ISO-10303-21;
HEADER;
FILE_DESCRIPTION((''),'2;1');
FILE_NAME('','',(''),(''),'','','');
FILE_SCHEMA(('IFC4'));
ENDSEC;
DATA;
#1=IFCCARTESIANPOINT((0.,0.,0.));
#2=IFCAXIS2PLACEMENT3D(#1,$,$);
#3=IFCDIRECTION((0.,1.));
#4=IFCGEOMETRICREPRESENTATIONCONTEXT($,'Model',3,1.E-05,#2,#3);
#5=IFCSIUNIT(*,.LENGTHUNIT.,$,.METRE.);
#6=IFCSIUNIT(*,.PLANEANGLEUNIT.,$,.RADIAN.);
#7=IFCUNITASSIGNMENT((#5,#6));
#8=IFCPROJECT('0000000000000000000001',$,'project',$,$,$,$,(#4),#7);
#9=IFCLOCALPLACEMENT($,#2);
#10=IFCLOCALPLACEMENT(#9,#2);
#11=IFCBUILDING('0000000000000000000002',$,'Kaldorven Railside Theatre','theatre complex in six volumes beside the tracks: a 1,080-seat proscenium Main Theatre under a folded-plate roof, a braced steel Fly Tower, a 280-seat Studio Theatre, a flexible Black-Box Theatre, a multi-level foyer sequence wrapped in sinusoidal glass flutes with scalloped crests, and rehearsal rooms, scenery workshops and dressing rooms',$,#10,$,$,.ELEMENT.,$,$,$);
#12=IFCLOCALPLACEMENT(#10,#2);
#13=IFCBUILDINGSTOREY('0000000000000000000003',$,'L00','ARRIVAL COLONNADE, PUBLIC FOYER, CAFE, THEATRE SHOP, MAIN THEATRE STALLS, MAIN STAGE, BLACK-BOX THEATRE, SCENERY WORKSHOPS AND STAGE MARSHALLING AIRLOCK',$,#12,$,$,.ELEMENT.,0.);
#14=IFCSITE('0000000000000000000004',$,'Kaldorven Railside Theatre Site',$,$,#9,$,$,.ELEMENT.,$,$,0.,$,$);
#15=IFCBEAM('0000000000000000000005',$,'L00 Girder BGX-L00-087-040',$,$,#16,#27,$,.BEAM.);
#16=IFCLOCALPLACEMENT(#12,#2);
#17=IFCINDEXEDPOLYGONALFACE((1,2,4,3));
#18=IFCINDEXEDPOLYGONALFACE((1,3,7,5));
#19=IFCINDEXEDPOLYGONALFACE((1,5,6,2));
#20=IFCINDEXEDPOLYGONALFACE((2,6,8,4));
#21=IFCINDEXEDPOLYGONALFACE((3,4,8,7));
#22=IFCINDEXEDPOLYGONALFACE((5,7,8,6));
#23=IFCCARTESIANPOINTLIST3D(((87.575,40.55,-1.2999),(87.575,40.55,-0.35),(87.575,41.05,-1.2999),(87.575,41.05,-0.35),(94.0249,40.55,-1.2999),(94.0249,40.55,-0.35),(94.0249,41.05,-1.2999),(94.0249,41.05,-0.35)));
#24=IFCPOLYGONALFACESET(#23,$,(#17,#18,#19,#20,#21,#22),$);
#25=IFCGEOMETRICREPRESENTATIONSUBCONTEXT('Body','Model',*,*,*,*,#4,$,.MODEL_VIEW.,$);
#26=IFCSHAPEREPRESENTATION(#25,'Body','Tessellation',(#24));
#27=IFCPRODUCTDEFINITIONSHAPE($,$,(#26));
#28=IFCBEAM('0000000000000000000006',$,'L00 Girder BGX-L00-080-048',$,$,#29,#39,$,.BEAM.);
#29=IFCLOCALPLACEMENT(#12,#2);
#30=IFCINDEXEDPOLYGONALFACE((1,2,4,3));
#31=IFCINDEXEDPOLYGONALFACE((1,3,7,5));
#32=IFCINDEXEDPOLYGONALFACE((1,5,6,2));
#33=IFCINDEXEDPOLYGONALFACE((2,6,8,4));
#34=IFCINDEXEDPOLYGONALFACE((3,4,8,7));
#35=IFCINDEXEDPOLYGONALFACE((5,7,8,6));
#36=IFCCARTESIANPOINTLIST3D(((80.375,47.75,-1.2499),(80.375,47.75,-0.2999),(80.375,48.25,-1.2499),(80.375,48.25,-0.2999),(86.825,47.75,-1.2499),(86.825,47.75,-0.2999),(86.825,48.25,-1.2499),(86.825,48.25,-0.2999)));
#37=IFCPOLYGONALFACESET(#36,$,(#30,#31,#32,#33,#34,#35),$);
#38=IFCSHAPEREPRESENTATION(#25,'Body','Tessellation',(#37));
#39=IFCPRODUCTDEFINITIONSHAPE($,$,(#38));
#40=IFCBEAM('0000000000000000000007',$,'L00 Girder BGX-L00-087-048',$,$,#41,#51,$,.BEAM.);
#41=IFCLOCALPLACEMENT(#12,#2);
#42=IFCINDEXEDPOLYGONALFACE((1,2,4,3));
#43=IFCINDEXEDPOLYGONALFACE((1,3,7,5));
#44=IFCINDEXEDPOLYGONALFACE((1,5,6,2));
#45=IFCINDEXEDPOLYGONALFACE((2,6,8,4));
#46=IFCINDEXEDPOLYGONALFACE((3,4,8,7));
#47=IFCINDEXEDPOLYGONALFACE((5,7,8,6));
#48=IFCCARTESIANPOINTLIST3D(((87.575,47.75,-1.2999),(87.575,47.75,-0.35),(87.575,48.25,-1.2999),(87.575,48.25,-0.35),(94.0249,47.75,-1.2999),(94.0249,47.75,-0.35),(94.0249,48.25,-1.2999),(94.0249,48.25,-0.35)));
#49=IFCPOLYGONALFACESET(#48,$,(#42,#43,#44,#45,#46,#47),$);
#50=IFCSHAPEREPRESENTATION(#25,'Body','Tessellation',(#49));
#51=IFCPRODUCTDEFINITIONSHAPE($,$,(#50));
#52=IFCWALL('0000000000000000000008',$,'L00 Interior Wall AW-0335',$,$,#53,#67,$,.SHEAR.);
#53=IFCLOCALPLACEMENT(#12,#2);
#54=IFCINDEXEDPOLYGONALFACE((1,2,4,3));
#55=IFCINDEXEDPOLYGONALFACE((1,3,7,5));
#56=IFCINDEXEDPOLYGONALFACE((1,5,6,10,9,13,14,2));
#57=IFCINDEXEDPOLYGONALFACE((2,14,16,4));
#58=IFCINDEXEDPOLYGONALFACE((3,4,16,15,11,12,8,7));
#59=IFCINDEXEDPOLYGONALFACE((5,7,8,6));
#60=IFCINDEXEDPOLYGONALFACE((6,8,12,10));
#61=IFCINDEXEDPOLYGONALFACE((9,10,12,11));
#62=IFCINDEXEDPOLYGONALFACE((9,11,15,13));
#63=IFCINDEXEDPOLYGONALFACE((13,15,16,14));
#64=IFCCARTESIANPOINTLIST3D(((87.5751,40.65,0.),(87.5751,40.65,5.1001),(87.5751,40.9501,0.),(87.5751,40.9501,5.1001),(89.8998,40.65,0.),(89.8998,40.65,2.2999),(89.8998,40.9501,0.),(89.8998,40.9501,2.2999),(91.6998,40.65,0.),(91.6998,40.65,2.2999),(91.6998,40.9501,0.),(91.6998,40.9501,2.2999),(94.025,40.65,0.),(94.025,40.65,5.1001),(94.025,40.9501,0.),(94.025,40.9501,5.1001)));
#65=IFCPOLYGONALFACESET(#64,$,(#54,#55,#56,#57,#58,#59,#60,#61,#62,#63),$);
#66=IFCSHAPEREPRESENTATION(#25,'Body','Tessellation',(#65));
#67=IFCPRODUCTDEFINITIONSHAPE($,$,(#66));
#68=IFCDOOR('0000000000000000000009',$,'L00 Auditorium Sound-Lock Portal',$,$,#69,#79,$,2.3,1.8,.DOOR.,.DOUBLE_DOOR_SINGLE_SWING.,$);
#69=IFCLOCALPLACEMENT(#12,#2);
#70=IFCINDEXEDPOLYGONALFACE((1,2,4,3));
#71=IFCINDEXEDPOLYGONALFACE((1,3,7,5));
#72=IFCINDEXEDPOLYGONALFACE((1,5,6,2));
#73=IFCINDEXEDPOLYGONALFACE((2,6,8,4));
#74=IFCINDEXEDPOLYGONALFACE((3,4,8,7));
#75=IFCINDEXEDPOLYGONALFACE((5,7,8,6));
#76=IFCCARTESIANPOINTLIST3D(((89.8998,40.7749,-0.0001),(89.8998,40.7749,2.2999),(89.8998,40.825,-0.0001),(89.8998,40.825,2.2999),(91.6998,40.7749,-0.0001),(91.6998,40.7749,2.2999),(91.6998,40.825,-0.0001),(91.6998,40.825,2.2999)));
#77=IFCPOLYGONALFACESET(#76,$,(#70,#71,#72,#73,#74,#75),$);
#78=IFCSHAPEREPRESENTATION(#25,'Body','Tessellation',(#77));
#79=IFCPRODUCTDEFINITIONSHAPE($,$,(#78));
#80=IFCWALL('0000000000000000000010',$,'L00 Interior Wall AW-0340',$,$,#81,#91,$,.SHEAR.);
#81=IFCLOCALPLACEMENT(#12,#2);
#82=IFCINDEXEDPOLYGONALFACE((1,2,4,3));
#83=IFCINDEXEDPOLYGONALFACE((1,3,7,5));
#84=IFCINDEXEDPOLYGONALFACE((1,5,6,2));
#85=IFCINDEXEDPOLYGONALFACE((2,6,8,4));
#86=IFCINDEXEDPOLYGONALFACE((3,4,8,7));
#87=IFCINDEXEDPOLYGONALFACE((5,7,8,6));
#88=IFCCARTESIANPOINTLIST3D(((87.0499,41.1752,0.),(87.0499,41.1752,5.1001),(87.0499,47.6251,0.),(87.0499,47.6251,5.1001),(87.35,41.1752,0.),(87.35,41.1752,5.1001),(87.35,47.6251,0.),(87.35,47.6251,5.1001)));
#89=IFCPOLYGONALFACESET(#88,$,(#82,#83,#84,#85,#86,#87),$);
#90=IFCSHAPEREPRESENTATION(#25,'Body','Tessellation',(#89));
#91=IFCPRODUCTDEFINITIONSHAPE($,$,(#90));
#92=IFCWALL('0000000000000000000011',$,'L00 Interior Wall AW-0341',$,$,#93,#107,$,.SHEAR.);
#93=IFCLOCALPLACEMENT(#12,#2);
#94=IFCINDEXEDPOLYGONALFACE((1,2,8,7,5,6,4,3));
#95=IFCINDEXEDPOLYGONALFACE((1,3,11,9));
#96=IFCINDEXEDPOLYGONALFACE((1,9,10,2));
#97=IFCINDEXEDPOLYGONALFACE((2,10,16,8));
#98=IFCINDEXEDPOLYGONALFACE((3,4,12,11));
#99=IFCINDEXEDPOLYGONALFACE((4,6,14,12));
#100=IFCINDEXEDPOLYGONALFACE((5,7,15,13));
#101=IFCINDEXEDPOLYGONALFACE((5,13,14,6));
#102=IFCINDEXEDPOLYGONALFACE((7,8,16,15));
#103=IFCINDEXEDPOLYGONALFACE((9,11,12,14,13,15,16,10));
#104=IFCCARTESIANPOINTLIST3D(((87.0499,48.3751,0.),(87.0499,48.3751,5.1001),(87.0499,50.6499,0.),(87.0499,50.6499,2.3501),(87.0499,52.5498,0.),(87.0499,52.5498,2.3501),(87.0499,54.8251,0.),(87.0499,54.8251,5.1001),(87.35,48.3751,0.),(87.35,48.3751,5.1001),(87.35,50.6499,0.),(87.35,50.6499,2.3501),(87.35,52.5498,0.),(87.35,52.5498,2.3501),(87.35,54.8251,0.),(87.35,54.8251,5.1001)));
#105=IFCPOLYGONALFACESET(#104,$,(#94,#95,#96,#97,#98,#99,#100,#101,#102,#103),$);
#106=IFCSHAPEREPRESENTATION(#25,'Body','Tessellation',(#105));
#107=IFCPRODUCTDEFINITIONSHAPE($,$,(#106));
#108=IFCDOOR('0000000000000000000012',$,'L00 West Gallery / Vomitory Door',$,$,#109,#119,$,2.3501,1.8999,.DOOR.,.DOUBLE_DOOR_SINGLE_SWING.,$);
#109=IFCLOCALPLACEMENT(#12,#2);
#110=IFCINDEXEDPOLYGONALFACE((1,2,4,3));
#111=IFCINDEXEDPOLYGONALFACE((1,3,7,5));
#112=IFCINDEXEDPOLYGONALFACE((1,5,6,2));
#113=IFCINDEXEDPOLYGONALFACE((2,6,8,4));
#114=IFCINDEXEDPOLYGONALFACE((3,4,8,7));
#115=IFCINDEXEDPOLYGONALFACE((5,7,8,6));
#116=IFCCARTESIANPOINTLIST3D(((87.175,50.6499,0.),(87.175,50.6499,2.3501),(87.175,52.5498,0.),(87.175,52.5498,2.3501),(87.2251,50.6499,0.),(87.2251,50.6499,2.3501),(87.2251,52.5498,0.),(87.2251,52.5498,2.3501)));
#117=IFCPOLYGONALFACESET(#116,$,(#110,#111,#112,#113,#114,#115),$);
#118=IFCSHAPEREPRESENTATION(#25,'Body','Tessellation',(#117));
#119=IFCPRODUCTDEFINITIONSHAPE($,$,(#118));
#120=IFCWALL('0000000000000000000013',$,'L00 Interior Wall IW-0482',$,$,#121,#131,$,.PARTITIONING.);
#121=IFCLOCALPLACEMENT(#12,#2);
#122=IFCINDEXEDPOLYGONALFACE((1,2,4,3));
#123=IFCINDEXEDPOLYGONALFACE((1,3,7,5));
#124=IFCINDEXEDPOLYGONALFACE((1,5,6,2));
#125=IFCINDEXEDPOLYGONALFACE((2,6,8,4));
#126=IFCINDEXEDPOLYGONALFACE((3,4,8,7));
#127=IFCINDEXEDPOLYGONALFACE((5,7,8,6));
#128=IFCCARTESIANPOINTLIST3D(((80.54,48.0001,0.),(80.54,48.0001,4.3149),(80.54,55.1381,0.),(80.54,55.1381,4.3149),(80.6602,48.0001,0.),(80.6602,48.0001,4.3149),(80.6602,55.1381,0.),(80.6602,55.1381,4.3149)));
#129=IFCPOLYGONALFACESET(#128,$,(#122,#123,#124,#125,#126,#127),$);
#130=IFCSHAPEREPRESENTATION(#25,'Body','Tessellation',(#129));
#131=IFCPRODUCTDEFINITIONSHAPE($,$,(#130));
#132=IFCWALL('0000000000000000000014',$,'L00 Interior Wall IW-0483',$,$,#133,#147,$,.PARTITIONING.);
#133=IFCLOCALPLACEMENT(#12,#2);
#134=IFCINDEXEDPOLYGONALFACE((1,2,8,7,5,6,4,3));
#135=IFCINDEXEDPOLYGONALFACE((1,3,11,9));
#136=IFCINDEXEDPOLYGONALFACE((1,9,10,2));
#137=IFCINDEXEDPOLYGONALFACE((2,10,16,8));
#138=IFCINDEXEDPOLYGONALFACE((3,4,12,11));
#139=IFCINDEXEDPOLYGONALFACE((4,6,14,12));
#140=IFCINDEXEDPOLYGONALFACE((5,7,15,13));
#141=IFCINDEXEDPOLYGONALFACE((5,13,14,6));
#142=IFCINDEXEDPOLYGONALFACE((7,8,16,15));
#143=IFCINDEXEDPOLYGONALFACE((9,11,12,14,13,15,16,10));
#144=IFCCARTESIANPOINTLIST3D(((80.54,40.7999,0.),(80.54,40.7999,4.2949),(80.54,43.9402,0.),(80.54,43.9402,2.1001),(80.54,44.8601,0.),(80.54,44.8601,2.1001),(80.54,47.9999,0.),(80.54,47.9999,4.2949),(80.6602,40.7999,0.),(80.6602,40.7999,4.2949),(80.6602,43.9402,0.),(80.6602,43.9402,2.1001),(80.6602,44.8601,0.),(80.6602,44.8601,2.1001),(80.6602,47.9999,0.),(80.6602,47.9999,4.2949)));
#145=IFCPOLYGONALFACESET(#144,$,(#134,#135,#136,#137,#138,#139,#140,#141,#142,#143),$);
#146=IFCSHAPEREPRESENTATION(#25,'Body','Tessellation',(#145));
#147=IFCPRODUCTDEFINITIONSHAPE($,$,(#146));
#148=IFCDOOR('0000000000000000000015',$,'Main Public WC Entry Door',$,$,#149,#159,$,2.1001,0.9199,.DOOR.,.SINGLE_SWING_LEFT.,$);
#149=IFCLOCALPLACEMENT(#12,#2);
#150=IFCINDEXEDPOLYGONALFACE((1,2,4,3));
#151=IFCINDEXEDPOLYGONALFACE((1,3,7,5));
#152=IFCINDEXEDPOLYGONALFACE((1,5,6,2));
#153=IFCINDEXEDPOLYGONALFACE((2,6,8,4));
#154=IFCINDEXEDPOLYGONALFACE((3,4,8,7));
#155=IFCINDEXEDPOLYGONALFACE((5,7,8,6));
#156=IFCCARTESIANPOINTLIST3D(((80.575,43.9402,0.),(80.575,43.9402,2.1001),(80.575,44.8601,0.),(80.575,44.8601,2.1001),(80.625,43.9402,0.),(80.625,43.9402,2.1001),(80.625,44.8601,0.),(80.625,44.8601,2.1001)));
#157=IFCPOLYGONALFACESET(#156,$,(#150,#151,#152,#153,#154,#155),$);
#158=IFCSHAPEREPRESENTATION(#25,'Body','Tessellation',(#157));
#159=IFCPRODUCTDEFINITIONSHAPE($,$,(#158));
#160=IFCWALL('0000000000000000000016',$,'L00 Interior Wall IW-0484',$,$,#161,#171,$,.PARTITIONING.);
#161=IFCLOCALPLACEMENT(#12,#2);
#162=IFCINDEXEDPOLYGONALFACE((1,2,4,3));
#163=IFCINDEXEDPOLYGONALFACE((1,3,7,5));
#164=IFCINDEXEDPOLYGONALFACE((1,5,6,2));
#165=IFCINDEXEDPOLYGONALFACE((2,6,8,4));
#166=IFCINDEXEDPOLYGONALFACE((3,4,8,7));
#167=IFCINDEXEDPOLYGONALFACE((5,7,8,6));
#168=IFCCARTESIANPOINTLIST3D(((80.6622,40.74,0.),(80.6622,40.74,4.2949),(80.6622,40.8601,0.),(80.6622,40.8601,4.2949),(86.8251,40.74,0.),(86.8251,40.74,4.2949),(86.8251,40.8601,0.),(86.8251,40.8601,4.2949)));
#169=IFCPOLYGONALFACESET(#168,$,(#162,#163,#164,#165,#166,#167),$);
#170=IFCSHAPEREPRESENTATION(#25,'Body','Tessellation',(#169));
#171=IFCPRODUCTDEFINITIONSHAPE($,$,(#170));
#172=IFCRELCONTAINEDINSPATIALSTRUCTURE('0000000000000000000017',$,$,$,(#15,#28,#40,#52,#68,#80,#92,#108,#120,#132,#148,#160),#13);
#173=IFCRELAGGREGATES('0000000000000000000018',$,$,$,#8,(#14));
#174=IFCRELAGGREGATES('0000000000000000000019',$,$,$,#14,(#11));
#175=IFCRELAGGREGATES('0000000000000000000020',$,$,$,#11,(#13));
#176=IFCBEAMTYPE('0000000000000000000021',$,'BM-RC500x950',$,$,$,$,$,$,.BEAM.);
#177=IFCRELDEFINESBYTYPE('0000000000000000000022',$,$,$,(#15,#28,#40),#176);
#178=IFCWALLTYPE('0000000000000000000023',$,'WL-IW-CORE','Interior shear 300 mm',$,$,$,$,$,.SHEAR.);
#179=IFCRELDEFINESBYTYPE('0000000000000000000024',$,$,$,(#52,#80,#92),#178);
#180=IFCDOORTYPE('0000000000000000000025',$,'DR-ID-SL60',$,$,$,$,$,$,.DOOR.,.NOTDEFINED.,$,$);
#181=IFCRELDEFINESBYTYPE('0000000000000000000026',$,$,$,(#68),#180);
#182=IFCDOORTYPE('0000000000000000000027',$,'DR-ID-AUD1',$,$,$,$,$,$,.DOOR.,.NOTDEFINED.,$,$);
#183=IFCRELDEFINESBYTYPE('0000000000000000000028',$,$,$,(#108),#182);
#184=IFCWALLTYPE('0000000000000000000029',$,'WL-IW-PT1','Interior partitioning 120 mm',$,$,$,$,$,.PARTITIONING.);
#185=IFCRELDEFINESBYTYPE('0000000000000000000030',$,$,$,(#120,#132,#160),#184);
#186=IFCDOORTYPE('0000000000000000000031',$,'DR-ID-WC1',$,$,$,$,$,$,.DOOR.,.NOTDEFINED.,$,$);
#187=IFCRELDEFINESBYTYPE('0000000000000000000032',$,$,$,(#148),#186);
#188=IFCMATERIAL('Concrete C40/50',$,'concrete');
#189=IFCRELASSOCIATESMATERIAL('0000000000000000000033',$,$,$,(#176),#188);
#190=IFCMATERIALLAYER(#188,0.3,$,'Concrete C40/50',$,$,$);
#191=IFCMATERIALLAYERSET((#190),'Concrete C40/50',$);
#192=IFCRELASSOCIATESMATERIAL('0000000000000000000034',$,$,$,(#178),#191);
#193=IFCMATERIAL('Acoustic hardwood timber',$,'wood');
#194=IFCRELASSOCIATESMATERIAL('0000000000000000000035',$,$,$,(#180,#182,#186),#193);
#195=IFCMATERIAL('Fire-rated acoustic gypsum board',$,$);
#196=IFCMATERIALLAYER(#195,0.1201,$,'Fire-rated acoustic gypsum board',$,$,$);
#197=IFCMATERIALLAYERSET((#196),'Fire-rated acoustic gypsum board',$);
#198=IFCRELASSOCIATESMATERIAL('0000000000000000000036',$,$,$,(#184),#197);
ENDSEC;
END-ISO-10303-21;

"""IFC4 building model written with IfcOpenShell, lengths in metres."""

from ifc_helpers import new_model, si_unit, direction, frame, frame_2d, origin, origin_2d, place, context, subcontext, project, spatial, rectangle, extrude, material, layer, layer_set, material_profile, profile_set, type_object, element, fill, save


model = new_model("IFC4")

# Units and contexts
model_context = context("Model", 3, precision=1e-05, world=origin(), true_north=direction((0.0, 1.0)))
body_context = subcontext(model_context, "Body", "Model", "MODEL_VIEW")
ifc_project = project(units=[si_unit("LENGTHUNIT", "METRE"), si_unit("PLANEANGLEUNIT", "RADIAN")], contexts=[model_context])

# Site, building, storey
site_placement = place(None, origin())
site = spatial("IfcSite", under=ifc_project, at=site_placement, Name="Kaldorven Railside Theatre Site", CompositionType="ELEMENT", RefElevation=0.0)
building_placement = place(site_placement, origin())
building = spatial("IfcBuilding", under=site, at=building_placement, Name="Kaldorven Railside Theatre", Description="theatre complex in six volumes beside the tracks: a 1,080-seat proscenium Main Theatre under a folded-plate roof, a braced steel Fly Tower, a 280-seat Studio Theatre, a flexible Black-Box Theatre, a multi-level foyer sequence wrapped in sinusoidal glass flutes with scalloped crests, and rehearsal rooms, scenery workshops and dressing rooms", CompositionType="ELEMENT")
storey_placement = place(building_placement, origin())
storey = spatial("IfcBuildingStorey", under=building, at=storey_placement, Name="L00", Description="ARRIVAL COLONNADE, PUBLIC FOYER, CAFE, THEATRE SHOP, MAIN THEATRE STALLS, MAIN STAGE, BLACK-BOX THEATRE, SCENERY WORKSHOPS AND STAGE MARSHALLING AIRLOCK", CompositionType="ELEMENT", Elevation=0.0)

# Shared definitions
ifc_material_1 = material(Name="Concrete C40/50", Category="concrete")

# Beams
ifc_material_profile_1 = material_profile(ifc_material_1, rectangle(XDim=0.5, YDim=0.95, at=origin_2d()), Name="RC 500x950")
ifc_profile_set_1 = profile_set([ifc_material_profile_1], Name="Concrete C40/50")
beam_type_1 = type_object("IfcBeamType", Name="BM-RC500x950", PredefinedType="BEAM", material=ifc_profile_set_1)
for number, where, z_axis, x_axis, name in (
    (1, (87.575, 40.8, -0.825), (1.0, 0.0, 0.0), (0.0, 1.0, 0.0), "L00 Girder BGX-L00-087-040"),
    (2, (80.375, 48.0, -0.7749), (1.0, 0.0, 0.0), (0.0, 1.0, 0.0), "L00 Girder BGX-L00-080-048"),
    (3, (87.575, 48.0, -0.825), (1.0, 0.0, 0.0), (0.0, 1.0, 0.0), "L00 Girder BGX-L00-087-048"),
):
    element("IfcBeam", number, at=place(storey_placement, frame(where, z_axis=z_axis, x_axis=x_axis)), inside=storey, type_object=beam_type_1, Name=name, PredefinedType="BEAM", context=body_context, shape_type="SweptSolid", body=[
        extrude(rectangle(XDim=0.5, YDim=0.95, at=origin_2d()), origin(), (0.0, 0.0, 1.0), 6.45),
    ])

# Wall, opening, door
ifc_layer_1 = layer(ifc_material_1, 0.3, Name="Concrete C40/50")
ifc_layer_set_1 = layer_set([ifc_layer_1], Name="Concrete C40/50")
wall_type_1 = type_object("IfcWallType", Name="WL-IW-CORE", Description="Interior shear 300 mm", PredefinedType="SHEAR", material=ifc_layer_set_1)
wall_1_placement = place(storey_placement, frame((87.575, 40.8, 0.0), z_axis=(0.0, 0.0, 1.0), x_axis=(1.0, 0.0, 0.0)))
wall_1 = element("IfcWall", 4, at=wall_1_placement, inside=storey, type_object=wall_type_1, Name="L00 Interior Wall AW-0335", PredefinedType="SHEAR", context=body_context, shape_type="SweptSolid", body=[
    extrude(rectangle(XDim=6.45, YDim=0.3, at=frame_2d((3.2251, 0.0))), origin(), (0.0, 0.0, 1.0), 5.1001),
])
opening_1_placement = place(wall_1_placement, frame((2.325, 0.0, 0.0)))
opening_1 = element("IfcOpeningElement", 5, at=opening_1_placement, cuts=wall_1, PredefinedType="OPENING", context=body_context, shape_type="SweptSolid", body=[
    extrude(rectangle(XDim=1.8, YDim=2.3, at=frame_2d((0.8999, 1.1499))), frame((0.0, 0.1602, 0.0), z_axis=(0.0, -1.0, 0.0), x_axis=(1.0, 0.0, 0.0)), (0.0, 0.0, 1.0), 0.3201),
])
ifc_material_2 = material(Name="Acoustic hardwood timber", Category="wood")
door_type_1 = type_object("IfcDoorType", Name="DR-ID-SL60", OperationType="NOTDEFINED", PredefinedType="DOOR", material=ifc_material_2)
door_1_placement = place(opening_1_placement, origin())
door_1 = element("IfcDoor", 6, at=door_1_placement, inside=storey, type_object=door_type_1, Name="L00 Auditorium Sound-Lock Portal", OperationType="DOUBLE_DOOR_SINGLE_SWING", OverallHeight=2.3, OverallWidth=1.8, PredefinedType="DOOR", context=body_context, shape_type="SweptSolid", body=[
    extrude(rectangle(XDim=1.8, YDim=2.3, at=frame_2d((0.8999, 1.1499))), frame((0.0, 0.0249, 0.0), z_axis=(0.0, -1.0, 0.0), x_axis=(1.0, 0.0, 0.0)), (0.0, 0.0, 1.0), 0.05),
])
fill(opening_1, door_1)

# Wall
wall_2_placement = place(storey_placement, frame((87.2, 41.175, 0.0), z_axis=(0.0, 0.0, 1.0), x_axis=(0.0, 1.0, 0.0)))
element("IfcWall", 7, at=wall_2_placement, inside=storey, type_object=wall_type_1, Name="L00 Interior Wall AW-0340", PredefinedType="SHEAR", context=body_context, shape_type="SweptSolid", body=[
    extrude(rectangle(XDim=6.45, YDim=0.3, at=frame_2d((3.2251, 0.0))), origin(), (0.0, 0.0, 1.0), 5.1001),
])

# Wall, opening, door
wall_3_placement = place(storey_placement, frame((87.2, 48.375, 0.0), z_axis=(0.0, 0.0, 1.0), x_axis=(0.0, 1.0, 0.0)))
wall_3 = element("IfcWall", 8, at=wall_3_placement, inside=storey, type_object=wall_type_1, Name="L00 Interior Wall AW-0341", PredefinedType="SHEAR", context=body_context, shape_type="SweptSolid", body=[
    extrude(rectangle(XDim=6.45, YDim=0.3, at=frame_2d((3.2251, 0.0))), origin(), (0.0, 0.0, 1.0), 5.1001),
])
opening_2_placement = place(wall_3_placement, frame((2.2749, 0.0, 0.0)))
opening_2 = element("IfcOpeningElement", 9, at=opening_2_placement, cuts=wall_3, PredefinedType="OPENING", context=body_context, shape_type="SweptSolid", body=[
    extrude(rectangle(XDim=1.8999, YDim=2.3501, at=frame_2d((0.95, 1.175))), frame((0.0, 0.1602, 0.0), z_axis=(0.0, -1.0, 0.0), x_axis=(1.0, 0.0, 0.0)), (0.0, 0.0, 1.0), 0.3201),
])
door_type_2 = type_object("IfcDoorType", Name="DR-ID-AUD1", OperationType="NOTDEFINED", PredefinedType="DOOR", material=ifc_material_2)
door_2_placement = place(opening_2_placement, origin())
door_2 = element("IfcDoor", 10, at=door_2_placement, inside=storey, type_object=door_type_2, Name="L00 West Gallery / Vomitory Door", OperationType="DOUBLE_DOOR_SINGLE_SWING", OverallHeight=2.3501, OverallWidth=1.8999, PredefinedType="DOOR", context=body_context, shape_type="SweptSolid", body=[
    extrude(rectangle(XDim=1.8999, YDim=2.3501, at=frame_2d((0.95, 1.175))), frame((0.0, 0.0249, 0.0), z_axis=(0.0, -1.0, 0.0), x_axis=(1.0, 0.0, 0.0)), (0.0, 0.0, 1.0), 0.05),
])
fill(opening_2, door_2)

# Wall
ifc_material_3 = material(Name="Fire-rated acoustic gypsum board")
ifc_layer_2 = layer(ifc_material_3, 0.1201, Name="Fire-rated acoustic gypsum board")
ifc_layer_set_2 = layer_set([ifc_layer_2], Name="Fire-rated acoustic gypsum board")
wall_type_2 = type_object("IfcWallType", Name="WL-IW-PT1", Description="Interior partitioning 120 mm", PredefinedType="PARTITIONING", material=ifc_layer_set_2)
wall_4_placement = place(storey_placement, frame((80.6001, 55.1379, 0.0), z_axis=(0.0, 0.0, 1.0), x_axis=(0.0, -1.0, 0.0)))
element("IfcWall", 11, at=wall_4_placement, inside=storey, type_object=wall_type_2, Name="L00 Interior Wall IW-0482", PredefinedType="PARTITIONING", context=body_context, shape_type="SweptSolid", body=[
    extrude(rectangle(XDim=7.1379, YDim=0.1201, at=frame_2d((3.5688, 0.0))), origin(), (0.0, 0.0, 1.0), 4.3149),
])

# Wall, opening, door
wall_5_placement = place(storey_placement, frame((80.6001, 48.0, 0.0), z_axis=(0.0, 0.0, 1.0), x_axis=(0.0, -1.0, 0.0)))
wall_5 = element("IfcWall", 12, at=wall_5_placement, inside=storey, type_object=wall_type_2, Name="L00 Interior Wall IW-0483", PredefinedType="PARTITIONING", context=body_context, shape_type="SweptSolid", body=[
    extrude(rectangle(XDim=7.2, YDim=0.1201, at=frame_2d((3.6001, 0.0))), origin(), (0.0, 0.0, 1.0), 4.2949),
])
opening_3_placement = place(wall_5_placement, frame((3.1399, 0.0, 0.0)))
opening_3 = element("IfcOpeningElement", 13, at=opening_3_placement, cuts=wall_5, PredefinedType="OPENING", context=body_context, shape_type="SweptSolid", body=[
    extrude(rectangle(XDim=0.9199, YDim=2.1001, at=frame_2d((0.46, 1.05))), frame((0.0, 0.0701, 0.0), z_axis=(0.0, -1.0, 0.0), x_axis=(1.0, 0.0, 0.0)), (0.0, 0.0, 1.0), 0.1401),
])
door_type_3 = type_object("IfcDoorType", Name="DR-ID-WC1", OperationType="NOTDEFINED", PredefinedType="DOOR", material=ifc_material_2)
door_3_placement = place(opening_3_placement, origin())
door_3 = element("IfcDoor", 14, at=door_3_placement, inside=storey, type_object=door_type_3, Name="Main Public WC Entry Door", OperationType="SINGLE_SWING_LEFT", OverallHeight=2.1001, OverallWidth=0.9199, PredefinedType="DOOR", context=body_context, shape_type="SweptSolid", body=[
    extrude(rectangle(XDim=0.9199, YDim=2.1001, at=frame_2d((0.46, 1.05))), frame((0.0, 0.0249, 0.0), z_axis=(0.0, -1.0, 0.0), x_axis=(1.0, 0.0, 0.0)), (0.0, 0.0, 1.0), 0.05),
])
fill(opening_3, door_3)

# Wall
wall_6_placement = place(storey_placement, frame((80.6621, 40.8, 0.0), z_axis=(0.0, 0.0, 1.0), x_axis=(1.0, 0.0, 0.0)))
element("IfcWall", 15, at=wall_6_placement, inside=storey, type_object=wall_type_2, Name="L00 Interior Wall IW-0484", PredefinedType="PARTITIONING", context=body_context, shape_type="SweptSolid", body=[
    extrude(rectangle(XDim=6.1628, YDim=0.1201, at=frame_2d((3.0815, 0.0))), origin(), (0.0, 0.0, 1.0), 4.2949),
])

save(model, "model.ifc")
